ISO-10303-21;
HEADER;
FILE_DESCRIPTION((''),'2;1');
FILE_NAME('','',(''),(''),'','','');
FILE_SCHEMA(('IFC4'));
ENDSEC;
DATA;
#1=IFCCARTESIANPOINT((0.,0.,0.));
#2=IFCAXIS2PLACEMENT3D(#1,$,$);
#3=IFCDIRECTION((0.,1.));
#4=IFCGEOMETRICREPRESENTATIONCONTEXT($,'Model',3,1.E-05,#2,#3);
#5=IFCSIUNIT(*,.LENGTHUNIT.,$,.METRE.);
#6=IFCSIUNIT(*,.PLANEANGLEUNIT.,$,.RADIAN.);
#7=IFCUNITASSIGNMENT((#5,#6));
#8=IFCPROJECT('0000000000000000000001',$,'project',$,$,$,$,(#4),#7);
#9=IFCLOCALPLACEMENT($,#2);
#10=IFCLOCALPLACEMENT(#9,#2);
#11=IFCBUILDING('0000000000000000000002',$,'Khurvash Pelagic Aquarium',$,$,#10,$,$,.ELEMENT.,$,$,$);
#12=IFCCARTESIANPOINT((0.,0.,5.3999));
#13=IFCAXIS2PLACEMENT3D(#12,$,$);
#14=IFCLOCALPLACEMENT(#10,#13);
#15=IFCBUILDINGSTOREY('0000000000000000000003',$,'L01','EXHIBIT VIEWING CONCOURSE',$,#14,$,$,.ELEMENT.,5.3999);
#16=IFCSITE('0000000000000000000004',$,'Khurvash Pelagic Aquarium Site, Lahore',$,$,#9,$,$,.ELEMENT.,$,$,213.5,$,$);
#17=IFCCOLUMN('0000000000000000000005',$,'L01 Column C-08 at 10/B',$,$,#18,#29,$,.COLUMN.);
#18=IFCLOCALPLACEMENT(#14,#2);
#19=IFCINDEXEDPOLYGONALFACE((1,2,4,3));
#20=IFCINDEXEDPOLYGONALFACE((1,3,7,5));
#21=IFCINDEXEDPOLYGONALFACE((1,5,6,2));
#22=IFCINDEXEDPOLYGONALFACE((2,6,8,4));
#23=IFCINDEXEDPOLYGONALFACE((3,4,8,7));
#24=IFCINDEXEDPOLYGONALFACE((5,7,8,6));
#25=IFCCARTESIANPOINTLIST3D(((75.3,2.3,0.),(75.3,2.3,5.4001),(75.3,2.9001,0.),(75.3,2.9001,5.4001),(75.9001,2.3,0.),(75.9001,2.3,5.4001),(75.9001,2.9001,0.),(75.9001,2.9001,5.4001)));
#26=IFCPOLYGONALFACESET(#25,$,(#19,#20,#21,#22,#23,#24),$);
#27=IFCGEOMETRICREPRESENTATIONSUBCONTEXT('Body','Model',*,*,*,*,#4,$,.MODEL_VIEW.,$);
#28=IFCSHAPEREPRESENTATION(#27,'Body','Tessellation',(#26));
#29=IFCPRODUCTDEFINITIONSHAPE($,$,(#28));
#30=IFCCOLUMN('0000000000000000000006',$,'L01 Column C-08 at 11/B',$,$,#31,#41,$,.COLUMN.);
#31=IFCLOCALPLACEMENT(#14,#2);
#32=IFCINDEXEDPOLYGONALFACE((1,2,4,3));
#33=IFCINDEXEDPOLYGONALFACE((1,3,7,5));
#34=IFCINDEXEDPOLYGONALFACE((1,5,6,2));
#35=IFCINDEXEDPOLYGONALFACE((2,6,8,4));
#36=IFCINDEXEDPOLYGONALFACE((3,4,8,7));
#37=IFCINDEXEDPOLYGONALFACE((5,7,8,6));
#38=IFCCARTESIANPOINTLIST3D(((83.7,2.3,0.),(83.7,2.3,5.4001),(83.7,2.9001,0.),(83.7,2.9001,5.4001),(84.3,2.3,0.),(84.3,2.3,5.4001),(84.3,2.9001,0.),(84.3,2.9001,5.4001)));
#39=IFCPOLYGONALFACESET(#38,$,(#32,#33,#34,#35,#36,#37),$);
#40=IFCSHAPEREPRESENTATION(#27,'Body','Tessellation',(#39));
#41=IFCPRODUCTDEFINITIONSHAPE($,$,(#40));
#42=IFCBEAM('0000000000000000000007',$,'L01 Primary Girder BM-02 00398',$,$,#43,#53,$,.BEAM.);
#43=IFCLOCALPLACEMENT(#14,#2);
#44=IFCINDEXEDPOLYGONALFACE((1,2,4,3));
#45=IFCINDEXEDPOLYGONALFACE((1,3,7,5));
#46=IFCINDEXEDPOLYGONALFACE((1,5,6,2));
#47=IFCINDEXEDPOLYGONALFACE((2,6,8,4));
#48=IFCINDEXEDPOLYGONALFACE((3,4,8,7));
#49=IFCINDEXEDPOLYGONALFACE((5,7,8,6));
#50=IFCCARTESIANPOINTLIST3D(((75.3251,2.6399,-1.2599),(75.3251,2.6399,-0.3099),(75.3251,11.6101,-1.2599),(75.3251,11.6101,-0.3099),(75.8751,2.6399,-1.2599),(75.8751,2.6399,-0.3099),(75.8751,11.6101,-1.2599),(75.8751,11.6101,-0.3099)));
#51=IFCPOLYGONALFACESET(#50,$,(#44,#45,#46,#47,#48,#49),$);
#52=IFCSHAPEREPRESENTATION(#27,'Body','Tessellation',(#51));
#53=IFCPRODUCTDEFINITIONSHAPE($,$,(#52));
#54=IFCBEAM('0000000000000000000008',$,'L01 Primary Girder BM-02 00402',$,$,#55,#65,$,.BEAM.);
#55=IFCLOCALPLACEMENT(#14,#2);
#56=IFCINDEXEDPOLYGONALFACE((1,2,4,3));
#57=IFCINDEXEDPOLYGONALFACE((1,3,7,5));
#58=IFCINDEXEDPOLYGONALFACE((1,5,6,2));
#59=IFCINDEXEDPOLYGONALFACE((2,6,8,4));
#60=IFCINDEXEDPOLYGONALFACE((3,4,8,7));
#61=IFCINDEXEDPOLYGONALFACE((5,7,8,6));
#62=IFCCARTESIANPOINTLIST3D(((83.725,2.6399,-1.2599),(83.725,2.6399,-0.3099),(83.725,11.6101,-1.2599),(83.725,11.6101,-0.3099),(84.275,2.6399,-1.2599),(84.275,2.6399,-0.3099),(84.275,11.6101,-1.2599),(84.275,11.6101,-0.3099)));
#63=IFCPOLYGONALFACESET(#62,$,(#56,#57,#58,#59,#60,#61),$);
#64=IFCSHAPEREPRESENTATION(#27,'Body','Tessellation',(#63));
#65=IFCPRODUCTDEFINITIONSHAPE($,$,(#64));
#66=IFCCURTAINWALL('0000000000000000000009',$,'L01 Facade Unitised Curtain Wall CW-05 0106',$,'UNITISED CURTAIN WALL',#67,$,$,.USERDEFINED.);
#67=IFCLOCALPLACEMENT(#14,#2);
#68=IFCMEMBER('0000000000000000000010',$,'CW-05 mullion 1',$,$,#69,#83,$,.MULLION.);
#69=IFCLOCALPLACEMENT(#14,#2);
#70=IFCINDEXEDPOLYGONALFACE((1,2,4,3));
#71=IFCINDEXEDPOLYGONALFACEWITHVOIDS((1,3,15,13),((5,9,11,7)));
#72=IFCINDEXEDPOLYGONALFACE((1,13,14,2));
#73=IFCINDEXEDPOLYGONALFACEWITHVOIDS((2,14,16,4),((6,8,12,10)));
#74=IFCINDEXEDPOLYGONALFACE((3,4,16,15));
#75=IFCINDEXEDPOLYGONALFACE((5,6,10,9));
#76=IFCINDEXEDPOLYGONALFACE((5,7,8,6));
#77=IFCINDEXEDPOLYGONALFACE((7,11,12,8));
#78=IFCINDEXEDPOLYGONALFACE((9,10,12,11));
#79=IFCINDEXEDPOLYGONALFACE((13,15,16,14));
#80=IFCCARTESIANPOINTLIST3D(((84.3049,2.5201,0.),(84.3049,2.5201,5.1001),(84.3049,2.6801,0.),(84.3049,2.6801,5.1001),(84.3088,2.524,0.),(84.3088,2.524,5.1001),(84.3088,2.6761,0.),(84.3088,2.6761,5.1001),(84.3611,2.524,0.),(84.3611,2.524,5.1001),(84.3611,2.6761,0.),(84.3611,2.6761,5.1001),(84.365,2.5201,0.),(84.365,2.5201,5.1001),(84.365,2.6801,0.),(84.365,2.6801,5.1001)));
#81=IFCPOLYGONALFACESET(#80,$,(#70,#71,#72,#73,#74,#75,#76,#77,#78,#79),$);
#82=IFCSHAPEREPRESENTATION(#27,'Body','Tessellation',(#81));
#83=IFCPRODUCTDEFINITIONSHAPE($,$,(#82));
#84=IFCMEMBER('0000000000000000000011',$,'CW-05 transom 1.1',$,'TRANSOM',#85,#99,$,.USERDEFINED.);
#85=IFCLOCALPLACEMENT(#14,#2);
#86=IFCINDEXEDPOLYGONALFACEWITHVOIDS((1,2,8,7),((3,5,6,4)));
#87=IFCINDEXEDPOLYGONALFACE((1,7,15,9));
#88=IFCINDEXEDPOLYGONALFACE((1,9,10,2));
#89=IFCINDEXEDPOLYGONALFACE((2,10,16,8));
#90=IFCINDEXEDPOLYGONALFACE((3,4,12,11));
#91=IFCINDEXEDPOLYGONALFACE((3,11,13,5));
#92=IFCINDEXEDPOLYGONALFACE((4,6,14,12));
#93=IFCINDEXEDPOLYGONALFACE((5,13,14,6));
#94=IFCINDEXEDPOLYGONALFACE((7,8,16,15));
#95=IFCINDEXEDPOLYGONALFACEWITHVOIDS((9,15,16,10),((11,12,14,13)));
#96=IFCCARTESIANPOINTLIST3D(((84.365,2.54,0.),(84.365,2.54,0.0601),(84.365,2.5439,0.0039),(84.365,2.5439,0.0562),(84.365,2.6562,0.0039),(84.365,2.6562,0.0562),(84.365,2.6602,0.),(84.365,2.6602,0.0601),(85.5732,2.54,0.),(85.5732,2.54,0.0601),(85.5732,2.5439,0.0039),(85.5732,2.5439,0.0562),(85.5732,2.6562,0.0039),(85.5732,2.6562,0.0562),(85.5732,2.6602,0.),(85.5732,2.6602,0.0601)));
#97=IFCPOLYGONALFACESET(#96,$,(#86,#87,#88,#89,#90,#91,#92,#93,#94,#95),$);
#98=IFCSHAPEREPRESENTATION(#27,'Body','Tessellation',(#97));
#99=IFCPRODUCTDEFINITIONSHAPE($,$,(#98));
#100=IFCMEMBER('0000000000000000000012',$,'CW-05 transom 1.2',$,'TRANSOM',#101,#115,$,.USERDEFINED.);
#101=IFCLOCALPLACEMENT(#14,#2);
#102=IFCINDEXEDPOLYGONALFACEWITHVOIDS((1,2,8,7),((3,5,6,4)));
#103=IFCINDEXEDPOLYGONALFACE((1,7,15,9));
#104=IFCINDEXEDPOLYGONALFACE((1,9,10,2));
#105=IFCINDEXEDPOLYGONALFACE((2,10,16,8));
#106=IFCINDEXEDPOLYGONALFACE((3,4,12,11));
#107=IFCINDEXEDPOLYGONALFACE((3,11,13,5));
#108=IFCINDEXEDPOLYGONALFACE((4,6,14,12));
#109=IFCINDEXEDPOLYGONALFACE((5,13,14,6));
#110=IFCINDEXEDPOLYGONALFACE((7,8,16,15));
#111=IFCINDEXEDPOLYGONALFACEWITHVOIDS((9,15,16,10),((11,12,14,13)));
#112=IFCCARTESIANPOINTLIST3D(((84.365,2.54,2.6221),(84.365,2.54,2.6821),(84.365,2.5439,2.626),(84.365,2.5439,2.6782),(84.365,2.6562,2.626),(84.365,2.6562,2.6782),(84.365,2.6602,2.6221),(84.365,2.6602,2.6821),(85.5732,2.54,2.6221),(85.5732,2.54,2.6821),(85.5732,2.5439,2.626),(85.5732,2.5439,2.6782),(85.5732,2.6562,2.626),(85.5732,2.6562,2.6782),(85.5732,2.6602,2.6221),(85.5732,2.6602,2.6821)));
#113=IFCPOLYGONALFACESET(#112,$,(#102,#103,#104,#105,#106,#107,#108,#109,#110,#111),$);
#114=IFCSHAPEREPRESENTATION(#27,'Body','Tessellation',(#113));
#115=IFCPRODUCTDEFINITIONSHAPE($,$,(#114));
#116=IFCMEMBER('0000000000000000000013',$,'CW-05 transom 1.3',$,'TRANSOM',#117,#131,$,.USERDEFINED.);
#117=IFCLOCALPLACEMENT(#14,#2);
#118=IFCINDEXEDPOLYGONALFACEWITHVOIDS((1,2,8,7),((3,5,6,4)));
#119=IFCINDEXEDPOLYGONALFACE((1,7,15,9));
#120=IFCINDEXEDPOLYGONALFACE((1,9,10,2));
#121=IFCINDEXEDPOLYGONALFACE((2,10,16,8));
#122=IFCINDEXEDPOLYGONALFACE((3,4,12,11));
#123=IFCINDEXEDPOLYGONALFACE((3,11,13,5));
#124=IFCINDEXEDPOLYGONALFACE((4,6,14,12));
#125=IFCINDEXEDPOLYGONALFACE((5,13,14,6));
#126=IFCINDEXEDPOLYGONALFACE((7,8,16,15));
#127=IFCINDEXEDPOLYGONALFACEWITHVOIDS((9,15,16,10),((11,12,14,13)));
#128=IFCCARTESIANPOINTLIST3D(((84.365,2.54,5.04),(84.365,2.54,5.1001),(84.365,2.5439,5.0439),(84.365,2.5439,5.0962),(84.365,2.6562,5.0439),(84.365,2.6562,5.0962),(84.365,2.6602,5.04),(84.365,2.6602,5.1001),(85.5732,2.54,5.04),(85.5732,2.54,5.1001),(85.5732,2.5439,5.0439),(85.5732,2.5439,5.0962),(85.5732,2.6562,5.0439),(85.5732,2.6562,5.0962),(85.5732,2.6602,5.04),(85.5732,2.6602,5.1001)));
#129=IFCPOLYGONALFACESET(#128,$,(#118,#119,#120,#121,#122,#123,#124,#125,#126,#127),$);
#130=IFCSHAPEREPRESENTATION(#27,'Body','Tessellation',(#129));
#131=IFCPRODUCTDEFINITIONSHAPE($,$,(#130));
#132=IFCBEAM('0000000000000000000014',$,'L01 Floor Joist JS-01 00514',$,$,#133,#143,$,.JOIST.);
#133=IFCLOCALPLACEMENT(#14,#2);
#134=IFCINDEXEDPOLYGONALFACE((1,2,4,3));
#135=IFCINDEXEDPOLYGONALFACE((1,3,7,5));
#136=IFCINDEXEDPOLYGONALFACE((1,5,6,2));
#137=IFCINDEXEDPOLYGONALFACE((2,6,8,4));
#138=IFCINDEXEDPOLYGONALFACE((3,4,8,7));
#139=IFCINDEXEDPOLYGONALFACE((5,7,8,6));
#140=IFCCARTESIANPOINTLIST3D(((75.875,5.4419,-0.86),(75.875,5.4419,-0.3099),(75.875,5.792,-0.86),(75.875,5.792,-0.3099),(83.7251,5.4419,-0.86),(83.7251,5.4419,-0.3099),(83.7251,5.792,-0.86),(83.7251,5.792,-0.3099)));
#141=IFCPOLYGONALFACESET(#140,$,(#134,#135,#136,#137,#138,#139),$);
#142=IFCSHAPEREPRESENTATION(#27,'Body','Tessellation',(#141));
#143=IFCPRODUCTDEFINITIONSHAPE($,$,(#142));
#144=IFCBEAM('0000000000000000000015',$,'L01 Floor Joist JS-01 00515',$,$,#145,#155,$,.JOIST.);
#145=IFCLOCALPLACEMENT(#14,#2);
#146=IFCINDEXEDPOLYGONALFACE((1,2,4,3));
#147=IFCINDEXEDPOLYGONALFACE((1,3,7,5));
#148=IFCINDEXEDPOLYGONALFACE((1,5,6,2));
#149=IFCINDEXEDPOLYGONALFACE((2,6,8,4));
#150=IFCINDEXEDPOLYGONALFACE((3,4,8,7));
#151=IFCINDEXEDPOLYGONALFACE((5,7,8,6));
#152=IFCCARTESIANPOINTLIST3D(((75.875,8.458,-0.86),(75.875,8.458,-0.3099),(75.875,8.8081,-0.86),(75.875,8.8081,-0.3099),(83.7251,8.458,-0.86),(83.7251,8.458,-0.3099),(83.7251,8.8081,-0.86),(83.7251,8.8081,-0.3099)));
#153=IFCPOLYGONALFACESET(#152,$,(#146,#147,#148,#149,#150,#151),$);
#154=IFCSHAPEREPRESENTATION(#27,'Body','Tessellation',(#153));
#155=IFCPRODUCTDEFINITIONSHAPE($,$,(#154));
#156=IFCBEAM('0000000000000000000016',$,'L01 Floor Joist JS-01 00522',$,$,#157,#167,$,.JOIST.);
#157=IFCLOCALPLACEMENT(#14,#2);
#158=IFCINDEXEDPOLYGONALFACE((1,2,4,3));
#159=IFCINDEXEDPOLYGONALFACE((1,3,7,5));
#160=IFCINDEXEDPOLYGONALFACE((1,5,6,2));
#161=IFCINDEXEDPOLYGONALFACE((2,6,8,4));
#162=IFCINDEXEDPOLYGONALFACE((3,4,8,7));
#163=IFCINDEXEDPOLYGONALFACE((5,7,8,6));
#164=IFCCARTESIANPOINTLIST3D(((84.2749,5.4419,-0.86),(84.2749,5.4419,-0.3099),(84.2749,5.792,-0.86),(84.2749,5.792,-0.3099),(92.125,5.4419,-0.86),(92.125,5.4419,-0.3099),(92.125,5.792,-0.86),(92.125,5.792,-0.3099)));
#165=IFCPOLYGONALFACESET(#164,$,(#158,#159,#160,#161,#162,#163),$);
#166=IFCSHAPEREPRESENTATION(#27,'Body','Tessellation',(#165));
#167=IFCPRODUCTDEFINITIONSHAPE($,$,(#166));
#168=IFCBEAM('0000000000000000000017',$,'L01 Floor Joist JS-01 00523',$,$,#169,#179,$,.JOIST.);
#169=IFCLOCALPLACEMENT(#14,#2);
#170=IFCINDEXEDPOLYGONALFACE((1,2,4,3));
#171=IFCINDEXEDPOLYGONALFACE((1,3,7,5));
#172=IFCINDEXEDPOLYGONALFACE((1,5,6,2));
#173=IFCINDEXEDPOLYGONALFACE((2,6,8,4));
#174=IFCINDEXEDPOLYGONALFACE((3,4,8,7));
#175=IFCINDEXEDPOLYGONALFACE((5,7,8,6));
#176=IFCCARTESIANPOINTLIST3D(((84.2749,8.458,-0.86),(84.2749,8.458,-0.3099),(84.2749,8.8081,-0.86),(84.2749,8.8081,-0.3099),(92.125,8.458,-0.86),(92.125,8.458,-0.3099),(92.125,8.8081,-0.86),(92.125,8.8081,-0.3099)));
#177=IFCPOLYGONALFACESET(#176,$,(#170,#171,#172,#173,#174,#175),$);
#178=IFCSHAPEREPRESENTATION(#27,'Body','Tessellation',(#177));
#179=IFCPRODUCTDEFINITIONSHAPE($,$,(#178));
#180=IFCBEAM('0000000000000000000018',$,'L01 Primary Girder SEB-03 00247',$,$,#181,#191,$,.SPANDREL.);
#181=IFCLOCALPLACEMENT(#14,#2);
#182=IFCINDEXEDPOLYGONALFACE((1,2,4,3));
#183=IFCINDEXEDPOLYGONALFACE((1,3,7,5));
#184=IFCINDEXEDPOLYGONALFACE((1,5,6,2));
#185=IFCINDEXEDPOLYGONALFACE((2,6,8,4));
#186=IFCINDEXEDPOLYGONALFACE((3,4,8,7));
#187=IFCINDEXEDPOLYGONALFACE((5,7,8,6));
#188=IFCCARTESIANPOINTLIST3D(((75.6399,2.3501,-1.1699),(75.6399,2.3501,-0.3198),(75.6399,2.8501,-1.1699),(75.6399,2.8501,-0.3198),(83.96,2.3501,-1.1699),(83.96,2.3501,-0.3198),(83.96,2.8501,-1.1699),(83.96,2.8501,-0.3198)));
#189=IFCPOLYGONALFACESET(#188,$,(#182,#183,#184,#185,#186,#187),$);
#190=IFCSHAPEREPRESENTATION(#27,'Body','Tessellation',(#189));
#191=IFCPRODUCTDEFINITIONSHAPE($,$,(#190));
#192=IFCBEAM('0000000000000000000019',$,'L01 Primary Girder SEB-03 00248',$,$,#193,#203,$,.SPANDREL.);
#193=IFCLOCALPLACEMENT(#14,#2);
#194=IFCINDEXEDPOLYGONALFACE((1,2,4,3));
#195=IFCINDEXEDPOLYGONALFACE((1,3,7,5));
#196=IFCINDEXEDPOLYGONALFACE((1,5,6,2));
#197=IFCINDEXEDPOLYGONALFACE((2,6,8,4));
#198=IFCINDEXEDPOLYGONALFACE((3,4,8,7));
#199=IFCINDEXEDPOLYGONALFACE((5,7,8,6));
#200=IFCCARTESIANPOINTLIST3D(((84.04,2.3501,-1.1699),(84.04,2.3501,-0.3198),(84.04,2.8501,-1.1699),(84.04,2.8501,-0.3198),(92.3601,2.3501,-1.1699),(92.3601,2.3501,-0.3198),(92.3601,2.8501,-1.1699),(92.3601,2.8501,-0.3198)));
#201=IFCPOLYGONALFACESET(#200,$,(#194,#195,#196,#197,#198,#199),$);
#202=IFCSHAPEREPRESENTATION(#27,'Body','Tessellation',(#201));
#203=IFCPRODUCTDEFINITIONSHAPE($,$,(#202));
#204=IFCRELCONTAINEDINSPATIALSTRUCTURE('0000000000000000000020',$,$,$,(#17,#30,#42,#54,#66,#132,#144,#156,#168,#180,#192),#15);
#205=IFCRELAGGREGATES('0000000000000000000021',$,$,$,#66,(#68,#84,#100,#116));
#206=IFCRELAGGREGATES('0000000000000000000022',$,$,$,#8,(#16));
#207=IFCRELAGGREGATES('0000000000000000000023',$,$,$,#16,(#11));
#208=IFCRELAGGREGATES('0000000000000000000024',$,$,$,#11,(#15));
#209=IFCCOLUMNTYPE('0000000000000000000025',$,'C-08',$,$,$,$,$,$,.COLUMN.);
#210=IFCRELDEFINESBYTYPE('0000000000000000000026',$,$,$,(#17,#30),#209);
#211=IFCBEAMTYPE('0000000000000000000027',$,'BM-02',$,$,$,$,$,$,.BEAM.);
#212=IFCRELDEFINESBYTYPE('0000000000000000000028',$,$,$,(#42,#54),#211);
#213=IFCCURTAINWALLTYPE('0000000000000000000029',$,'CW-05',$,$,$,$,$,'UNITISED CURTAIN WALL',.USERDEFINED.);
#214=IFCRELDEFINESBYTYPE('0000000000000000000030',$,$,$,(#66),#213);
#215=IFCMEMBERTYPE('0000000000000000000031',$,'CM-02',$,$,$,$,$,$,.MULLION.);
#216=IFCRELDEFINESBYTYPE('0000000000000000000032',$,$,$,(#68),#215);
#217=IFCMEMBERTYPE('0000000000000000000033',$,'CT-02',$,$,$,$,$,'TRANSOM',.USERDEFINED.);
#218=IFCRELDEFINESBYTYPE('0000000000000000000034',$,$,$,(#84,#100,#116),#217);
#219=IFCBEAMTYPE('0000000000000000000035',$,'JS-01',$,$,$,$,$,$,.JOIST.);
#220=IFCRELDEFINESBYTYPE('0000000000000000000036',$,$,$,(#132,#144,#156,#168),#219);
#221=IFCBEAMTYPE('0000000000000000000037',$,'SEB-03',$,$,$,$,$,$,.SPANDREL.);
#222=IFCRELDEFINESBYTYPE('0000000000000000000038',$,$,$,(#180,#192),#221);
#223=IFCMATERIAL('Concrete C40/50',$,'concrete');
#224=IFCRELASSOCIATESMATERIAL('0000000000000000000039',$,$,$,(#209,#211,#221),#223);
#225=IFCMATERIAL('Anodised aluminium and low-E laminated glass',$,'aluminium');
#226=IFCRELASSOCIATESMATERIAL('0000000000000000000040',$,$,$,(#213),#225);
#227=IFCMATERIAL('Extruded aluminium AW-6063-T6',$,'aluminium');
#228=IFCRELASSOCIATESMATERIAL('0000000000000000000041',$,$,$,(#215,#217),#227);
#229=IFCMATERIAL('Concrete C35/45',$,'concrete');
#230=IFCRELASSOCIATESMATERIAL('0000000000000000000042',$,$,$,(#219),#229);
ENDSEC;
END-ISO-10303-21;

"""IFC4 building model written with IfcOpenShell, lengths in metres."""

from ifc_helpers import new_model, si_unit, direction, frame, origin, origin_2d, place, context, subcontext, project, spatial, rectangle, hollow_rectangle, extrude, material, material_profile, profile_set, type_object, element, aggregate, save


model = new_model("IFC4")

# Units and contexts
model_context = context("Model", 3, precision=1e-05, world=origin(), true_north=direction((0.0, 1.0)))
body_context = subcontext(model_context, "Body", "Model", "MODEL_VIEW")
ifc_project = project(units=[si_unit("LENGTHUNIT", "METRE"), si_unit("PLANEANGLEUNIT", "RADIAN")], contexts=[model_context])

# Site, building, storey
site_placement = place(None, origin())
site = spatial("IfcSite", under=ifc_project, at=site_placement, Name="Khurvash Pelagic Aquarium Site, Lahore", CompositionType="ELEMENT", RefElevation=213.5)
building_placement = place(site_placement, origin())
building = spatial("IfcBuilding", under=site, at=building_placement, Name="Khurvash Pelagic Aquarium", CompositionType="ELEMENT")
storey_placement = place(building_placement, frame((0.0, 0.0, 5.3999)))
storey = spatial("IfcBuildingStorey", under=building, at=storey_placement, Name="L01", Description="EXHIBIT VIEWING CONCOURSE", CompositionType="ELEMENT", Elevation=5.3999)

# Columns
ifc_material_1 = material(Name="Concrete C40/50", Category="concrete")
ifc_material_profile_1 = material_profile(ifc_material_1, rectangle(XDim=0.6001, YDim=0.6001, at=origin_2d()), Name="RC600X600")
ifc_profile_set_1 = profile_set([ifc_material_profile_1], Name="Concrete C40/50")
column_type = type_object("IfcColumnType", Name="C-08", PredefinedType="COLUMN", material=ifc_profile_set_1)
for number, where, z_axis, x_axis, name in (
    (1, (75.6001, 2.6001, 0.0), (0.0, 0.0, 1.0), (1.0, 0.0, 0.0), "L01 Column C-08 at 10/B"),
    (2, (84.0, 2.6001, 0.0), (0.0, 0.0, 1.0), (1.0, 0.0, 0.0), "L01 Column C-08 at 11/B"),
):
    element("IfcColumn", number, at=place(storey_placement, frame(where, z_axis=z_axis, x_axis=x_axis)), inside=storey, type_object=column_type, Name=name, PredefinedType="COLUMN", context=body_context, shape_type="SweptSolid", body=[
        extrude(rectangle(XDim=0.6001, YDim=0.6001, at=origin_2d()), origin(), (0.0, 0.0, 1.0), 5.4001),
    ])

# Beams
ifc_material_profile_2 = material_profile(ifc_material_1, rectangle(XDim=0.55, YDim=0.95, at=origin_2d()), Name="RC550X950")
ifc_profile_set_2 = profile_set([ifc_material_profile_2], Name="Concrete C40/50")
beam_type_1 = type_object("IfcBeamType", Name="BM-02", PredefinedType="BEAM", material=ifc_profile_set_2)
for number, where, z_axis, x_axis, name in (
    (3, (75.6001, 2.6399, -0.7849), (0.0, 1.0, 0.0), (-1.0, 0.0, 0.0), "L01 Primary Girder BM-02 00398"),
    (4, (84.0, 2.6399, -0.7849), (0.0, 1.0, 0.0), (-1.0, 0.0, 0.0), "L01 Primary Girder BM-02 00402"),
):
    element("IfcBeam", number, at=place(storey_placement, frame(where, z_axis=z_axis, x_axis=x_axis)), inside=storey, type_object=beam_type_1, Name=name, PredefinedType="BEAM", context=body_context, shape_type="SweptSolid", body=[
        extrude(rectangle(XDim=0.55, YDim=0.95, at=origin_2d()), origin(), (0.0, 0.0, 1.0), 8.9702),
    ])

# Curtain wall, members
ifc_material_2 = material(Name="Anodised aluminium and low-E laminated glass", Category="aluminium")
curtain_wall_type = type_object("IfcCurtainWallType", Name="CW-05", ElementType="UNITISED CURTAIN WALL", PredefinedType="USERDEFINED", material=ifc_material_2)
curtain_wall_placement = place(storey_placement, origin())
curtain_wall = element("IfcCurtainWall", 5, at=curtain_wall_placement, inside=storey, type_object=curtain_wall_type, Name="L01 Facade Unitised Curtain Wall CW-05 0106", ObjectType="UNITISED CURTAIN WALL", PredefinedType="USERDEFINED")
ifc_material_3 = material(Name="Extruded aluminium AW-6063-T6", Category="aluminium")
ifc_material_profile_3 = material_profile(ifc_material_3, hollow_rectangle(XDim=0.0601, YDim=0.1599, WallThickness=0.0039, at=origin_2d()), Name="CWM60X160X4")
ifc_profile_set_3 = profile_set([ifc_material_profile_3], Name="Extruded aluminium AW-6063-T6")
member_type_1 = type_object("IfcMemberType", Name="CM-02", PredefinedType="MULLION", material=ifc_profile_set_3)
member_1_placement = place(storey_placement, frame((84.335, 2.6001, 0.0), z_axis=(0.0, 0.0, 1.0), x_axis=(1.0, 0.0, 0.0)))
member_1 = element("IfcMember", 6, at=member_1_placement, type_object=member_type_1, Name="CW-05 mullion 1", PredefinedType="MULLION", context=body_context, shape_type="SweptSolid", body=[
    extrude(hollow_rectangle(XDim=0.0601, YDim=0.1599, WallThickness=0.0039, at=origin_2d()), origin(), (0.0, 0.0, 1.0), 5.1001),
])
ifc_material_profile_4 = material_profile(ifc_material_3, hollow_rectangle(XDim=0.1201, YDim=0.0601, WallThickness=0.0039, at=origin_2d()), Name="CWT120X60X4")
ifc_profile_set_4 = profile_set([ifc_material_profile_4], Name="Extruded aluminium AW-6063-T6")
member_type_2 = type_object("IfcMemberType", Name="CT-02", ElementType="TRANSOM", PredefinedType="USERDEFINED", material=ifc_profile_set_4)
member_2_placement = place(storey_placement, frame((84.365, 2.6001, 0.03), z_axis=(1.0, 0.0, 0.0), x_axis=(0.0, 1.0, 0.0)))
member_2 = element("IfcMember", 7, at=member_2_placement, type_object=member_type_2, Name="CW-05 transom 1.1", ObjectType="TRANSOM", PredefinedType="USERDEFINED", context=body_context, shape_type="SweptSolid", body=[
    extrude(hollow_rectangle(XDim=0.1201, YDim=0.0601, WallThickness=0.0039, at=origin_2d()), origin(), (0.0, 0.0, 1.0), 1.2083),
])
member_3_placement = place(storey_placement, frame((84.365, 2.6001, 2.6521), z_axis=(1.0, 0.0, 0.0), x_axis=(0.0, 1.0, 0.0)))
member_3 = element("IfcMember", 8, at=member_3_placement, type_object=member_type_2, Name="CW-05 transom 1.2", ObjectType="TRANSOM", PredefinedType="USERDEFINED", context=body_context, shape_type="SweptSolid", body=[
    extrude(hollow_rectangle(XDim=0.1201, YDim=0.0601, WallThickness=0.0039, at=origin_2d()), origin(), (0.0, 0.0, 1.0), 1.2083),
])
member_4_placement = place(storey_placement, frame((84.365, 2.6001, 5.0701), z_axis=(1.0, 0.0, 0.0), x_axis=(0.0, 1.0, 0.0)))
member_4 = element("IfcMember", 9, at=member_4_placement, type_object=member_type_2, Name="CW-05 transom 1.3", ObjectType="TRANSOM", PredefinedType="USERDEFINED", context=body_context, shape_type="SweptSolid", body=[
    extrude(hollow_rectangle(XDim=0.1201, YDim=0.0601, WallThickness=0.0039, at=origin_2d()), origin(), (0.0, 0.0, 1.0), 1.2083),
])

# Beams
ifc_material_4 = material(Name="Concrete C35/45", Category="concrete")
ifc_material_profile_5 = material_profile(ifc_material_4, rectangle(XDim=0.3501, YDim=0.55, at=origin_2d()), Name="RC350X550")
ifc_profile_set_5 = profile_set([ifc_material_profile_5], Name="Concrete C35/45")
beam_type_2 = type_object("IfcBeamType", Name="JS-01", PredefinedType="JOIST", material=ifc_profile_set_5)
for number, where, z_axis, x_axis, name in (
    (10, (75.875, 5.6169, -0.585), (1.0, 0.0, 0.0), (0.0, 1.0, 0.0), "L01 Floor Joist JS-01 00514"),
    (11, (75.875, 8.6331, -0.585), (1.0, 0.0, 0.0), (0.0, 1.0, 0.0), "L01 Floor Joist JS-01 00515"),
    (12, (84.2749, 5.6169, -0.585), (1.0, 0.0, 0.0), (0.0, 1.0, 0.0), "L01 Floor Joist JS-01 00522"),
    (13, (84.2749, 8.6331, -0.585), (1.0, 0.0, 0.0), (0.0, 1.0, 0.0), "L01 Floor Joist JS-01 00523"),
):
    element("IfcBeam", number, at=place(storey_placement, frame(where, z_axis=z_axis, x_axis=x_axis)), inside=storey, type_object=beam_type_2, Name=name, PredefinedType="JOIST", context=body_context, shape_type="SweptSolid", body=[
        extrude(rectangle(XDim=0.3501, YDim=0.55, at=origin_2d()), origin(), (0.0, 0.0, 1.0), 7.8501),
    ])
ifc_material_profile_6 = material_profile(ifc_material_1, rectangle(XDim=0.5, YDim=0.8501, at=origin_2d()), Name="RC500X850")
ifc_profile_set_6 = profile_set([ifc_material_profile_6], Name="Concrete C40/50")
beam_type_3 = type_object("IfcBeamType", Name="SEB-03", PredefinedType="SPANDREL", material=ifc_profile_set_6)
for number, where, z_axis, x_axis, name in (
    (14, (75.6399, 2.6001, -0.7449), (1.0, 0.0, 0.0), (0.0, 1.0, 0.0), "L01 Primary Girder SEB-03 00247"),
    (15, (84.04, 2.6001, -0.7449), (1.0, 0.0, 0.0), (0.0, 1.0, 0.0), "L01 Primary Girder SEB-03 00248"),
):
    element("IfcBeam", number, at=place(storey_placement, frame(where, z_axis=z_axis, x_axis=x_axis)), inside=storey, type_object=beam_type_3, Name=name, PredefinedType="SPANDREL", context=body_context, shape_type="SweptSolid", body=[
        extrude(rectangle(XDim=0.5, YDim=0.8501, at=origin_2d()), origin(), (0.0, 0.0, 1.0), 8.3201),
    ])

aggregate(curtain_wall, [member_1, member_2, member_3, member_4])

save(model, "model.ifc")
